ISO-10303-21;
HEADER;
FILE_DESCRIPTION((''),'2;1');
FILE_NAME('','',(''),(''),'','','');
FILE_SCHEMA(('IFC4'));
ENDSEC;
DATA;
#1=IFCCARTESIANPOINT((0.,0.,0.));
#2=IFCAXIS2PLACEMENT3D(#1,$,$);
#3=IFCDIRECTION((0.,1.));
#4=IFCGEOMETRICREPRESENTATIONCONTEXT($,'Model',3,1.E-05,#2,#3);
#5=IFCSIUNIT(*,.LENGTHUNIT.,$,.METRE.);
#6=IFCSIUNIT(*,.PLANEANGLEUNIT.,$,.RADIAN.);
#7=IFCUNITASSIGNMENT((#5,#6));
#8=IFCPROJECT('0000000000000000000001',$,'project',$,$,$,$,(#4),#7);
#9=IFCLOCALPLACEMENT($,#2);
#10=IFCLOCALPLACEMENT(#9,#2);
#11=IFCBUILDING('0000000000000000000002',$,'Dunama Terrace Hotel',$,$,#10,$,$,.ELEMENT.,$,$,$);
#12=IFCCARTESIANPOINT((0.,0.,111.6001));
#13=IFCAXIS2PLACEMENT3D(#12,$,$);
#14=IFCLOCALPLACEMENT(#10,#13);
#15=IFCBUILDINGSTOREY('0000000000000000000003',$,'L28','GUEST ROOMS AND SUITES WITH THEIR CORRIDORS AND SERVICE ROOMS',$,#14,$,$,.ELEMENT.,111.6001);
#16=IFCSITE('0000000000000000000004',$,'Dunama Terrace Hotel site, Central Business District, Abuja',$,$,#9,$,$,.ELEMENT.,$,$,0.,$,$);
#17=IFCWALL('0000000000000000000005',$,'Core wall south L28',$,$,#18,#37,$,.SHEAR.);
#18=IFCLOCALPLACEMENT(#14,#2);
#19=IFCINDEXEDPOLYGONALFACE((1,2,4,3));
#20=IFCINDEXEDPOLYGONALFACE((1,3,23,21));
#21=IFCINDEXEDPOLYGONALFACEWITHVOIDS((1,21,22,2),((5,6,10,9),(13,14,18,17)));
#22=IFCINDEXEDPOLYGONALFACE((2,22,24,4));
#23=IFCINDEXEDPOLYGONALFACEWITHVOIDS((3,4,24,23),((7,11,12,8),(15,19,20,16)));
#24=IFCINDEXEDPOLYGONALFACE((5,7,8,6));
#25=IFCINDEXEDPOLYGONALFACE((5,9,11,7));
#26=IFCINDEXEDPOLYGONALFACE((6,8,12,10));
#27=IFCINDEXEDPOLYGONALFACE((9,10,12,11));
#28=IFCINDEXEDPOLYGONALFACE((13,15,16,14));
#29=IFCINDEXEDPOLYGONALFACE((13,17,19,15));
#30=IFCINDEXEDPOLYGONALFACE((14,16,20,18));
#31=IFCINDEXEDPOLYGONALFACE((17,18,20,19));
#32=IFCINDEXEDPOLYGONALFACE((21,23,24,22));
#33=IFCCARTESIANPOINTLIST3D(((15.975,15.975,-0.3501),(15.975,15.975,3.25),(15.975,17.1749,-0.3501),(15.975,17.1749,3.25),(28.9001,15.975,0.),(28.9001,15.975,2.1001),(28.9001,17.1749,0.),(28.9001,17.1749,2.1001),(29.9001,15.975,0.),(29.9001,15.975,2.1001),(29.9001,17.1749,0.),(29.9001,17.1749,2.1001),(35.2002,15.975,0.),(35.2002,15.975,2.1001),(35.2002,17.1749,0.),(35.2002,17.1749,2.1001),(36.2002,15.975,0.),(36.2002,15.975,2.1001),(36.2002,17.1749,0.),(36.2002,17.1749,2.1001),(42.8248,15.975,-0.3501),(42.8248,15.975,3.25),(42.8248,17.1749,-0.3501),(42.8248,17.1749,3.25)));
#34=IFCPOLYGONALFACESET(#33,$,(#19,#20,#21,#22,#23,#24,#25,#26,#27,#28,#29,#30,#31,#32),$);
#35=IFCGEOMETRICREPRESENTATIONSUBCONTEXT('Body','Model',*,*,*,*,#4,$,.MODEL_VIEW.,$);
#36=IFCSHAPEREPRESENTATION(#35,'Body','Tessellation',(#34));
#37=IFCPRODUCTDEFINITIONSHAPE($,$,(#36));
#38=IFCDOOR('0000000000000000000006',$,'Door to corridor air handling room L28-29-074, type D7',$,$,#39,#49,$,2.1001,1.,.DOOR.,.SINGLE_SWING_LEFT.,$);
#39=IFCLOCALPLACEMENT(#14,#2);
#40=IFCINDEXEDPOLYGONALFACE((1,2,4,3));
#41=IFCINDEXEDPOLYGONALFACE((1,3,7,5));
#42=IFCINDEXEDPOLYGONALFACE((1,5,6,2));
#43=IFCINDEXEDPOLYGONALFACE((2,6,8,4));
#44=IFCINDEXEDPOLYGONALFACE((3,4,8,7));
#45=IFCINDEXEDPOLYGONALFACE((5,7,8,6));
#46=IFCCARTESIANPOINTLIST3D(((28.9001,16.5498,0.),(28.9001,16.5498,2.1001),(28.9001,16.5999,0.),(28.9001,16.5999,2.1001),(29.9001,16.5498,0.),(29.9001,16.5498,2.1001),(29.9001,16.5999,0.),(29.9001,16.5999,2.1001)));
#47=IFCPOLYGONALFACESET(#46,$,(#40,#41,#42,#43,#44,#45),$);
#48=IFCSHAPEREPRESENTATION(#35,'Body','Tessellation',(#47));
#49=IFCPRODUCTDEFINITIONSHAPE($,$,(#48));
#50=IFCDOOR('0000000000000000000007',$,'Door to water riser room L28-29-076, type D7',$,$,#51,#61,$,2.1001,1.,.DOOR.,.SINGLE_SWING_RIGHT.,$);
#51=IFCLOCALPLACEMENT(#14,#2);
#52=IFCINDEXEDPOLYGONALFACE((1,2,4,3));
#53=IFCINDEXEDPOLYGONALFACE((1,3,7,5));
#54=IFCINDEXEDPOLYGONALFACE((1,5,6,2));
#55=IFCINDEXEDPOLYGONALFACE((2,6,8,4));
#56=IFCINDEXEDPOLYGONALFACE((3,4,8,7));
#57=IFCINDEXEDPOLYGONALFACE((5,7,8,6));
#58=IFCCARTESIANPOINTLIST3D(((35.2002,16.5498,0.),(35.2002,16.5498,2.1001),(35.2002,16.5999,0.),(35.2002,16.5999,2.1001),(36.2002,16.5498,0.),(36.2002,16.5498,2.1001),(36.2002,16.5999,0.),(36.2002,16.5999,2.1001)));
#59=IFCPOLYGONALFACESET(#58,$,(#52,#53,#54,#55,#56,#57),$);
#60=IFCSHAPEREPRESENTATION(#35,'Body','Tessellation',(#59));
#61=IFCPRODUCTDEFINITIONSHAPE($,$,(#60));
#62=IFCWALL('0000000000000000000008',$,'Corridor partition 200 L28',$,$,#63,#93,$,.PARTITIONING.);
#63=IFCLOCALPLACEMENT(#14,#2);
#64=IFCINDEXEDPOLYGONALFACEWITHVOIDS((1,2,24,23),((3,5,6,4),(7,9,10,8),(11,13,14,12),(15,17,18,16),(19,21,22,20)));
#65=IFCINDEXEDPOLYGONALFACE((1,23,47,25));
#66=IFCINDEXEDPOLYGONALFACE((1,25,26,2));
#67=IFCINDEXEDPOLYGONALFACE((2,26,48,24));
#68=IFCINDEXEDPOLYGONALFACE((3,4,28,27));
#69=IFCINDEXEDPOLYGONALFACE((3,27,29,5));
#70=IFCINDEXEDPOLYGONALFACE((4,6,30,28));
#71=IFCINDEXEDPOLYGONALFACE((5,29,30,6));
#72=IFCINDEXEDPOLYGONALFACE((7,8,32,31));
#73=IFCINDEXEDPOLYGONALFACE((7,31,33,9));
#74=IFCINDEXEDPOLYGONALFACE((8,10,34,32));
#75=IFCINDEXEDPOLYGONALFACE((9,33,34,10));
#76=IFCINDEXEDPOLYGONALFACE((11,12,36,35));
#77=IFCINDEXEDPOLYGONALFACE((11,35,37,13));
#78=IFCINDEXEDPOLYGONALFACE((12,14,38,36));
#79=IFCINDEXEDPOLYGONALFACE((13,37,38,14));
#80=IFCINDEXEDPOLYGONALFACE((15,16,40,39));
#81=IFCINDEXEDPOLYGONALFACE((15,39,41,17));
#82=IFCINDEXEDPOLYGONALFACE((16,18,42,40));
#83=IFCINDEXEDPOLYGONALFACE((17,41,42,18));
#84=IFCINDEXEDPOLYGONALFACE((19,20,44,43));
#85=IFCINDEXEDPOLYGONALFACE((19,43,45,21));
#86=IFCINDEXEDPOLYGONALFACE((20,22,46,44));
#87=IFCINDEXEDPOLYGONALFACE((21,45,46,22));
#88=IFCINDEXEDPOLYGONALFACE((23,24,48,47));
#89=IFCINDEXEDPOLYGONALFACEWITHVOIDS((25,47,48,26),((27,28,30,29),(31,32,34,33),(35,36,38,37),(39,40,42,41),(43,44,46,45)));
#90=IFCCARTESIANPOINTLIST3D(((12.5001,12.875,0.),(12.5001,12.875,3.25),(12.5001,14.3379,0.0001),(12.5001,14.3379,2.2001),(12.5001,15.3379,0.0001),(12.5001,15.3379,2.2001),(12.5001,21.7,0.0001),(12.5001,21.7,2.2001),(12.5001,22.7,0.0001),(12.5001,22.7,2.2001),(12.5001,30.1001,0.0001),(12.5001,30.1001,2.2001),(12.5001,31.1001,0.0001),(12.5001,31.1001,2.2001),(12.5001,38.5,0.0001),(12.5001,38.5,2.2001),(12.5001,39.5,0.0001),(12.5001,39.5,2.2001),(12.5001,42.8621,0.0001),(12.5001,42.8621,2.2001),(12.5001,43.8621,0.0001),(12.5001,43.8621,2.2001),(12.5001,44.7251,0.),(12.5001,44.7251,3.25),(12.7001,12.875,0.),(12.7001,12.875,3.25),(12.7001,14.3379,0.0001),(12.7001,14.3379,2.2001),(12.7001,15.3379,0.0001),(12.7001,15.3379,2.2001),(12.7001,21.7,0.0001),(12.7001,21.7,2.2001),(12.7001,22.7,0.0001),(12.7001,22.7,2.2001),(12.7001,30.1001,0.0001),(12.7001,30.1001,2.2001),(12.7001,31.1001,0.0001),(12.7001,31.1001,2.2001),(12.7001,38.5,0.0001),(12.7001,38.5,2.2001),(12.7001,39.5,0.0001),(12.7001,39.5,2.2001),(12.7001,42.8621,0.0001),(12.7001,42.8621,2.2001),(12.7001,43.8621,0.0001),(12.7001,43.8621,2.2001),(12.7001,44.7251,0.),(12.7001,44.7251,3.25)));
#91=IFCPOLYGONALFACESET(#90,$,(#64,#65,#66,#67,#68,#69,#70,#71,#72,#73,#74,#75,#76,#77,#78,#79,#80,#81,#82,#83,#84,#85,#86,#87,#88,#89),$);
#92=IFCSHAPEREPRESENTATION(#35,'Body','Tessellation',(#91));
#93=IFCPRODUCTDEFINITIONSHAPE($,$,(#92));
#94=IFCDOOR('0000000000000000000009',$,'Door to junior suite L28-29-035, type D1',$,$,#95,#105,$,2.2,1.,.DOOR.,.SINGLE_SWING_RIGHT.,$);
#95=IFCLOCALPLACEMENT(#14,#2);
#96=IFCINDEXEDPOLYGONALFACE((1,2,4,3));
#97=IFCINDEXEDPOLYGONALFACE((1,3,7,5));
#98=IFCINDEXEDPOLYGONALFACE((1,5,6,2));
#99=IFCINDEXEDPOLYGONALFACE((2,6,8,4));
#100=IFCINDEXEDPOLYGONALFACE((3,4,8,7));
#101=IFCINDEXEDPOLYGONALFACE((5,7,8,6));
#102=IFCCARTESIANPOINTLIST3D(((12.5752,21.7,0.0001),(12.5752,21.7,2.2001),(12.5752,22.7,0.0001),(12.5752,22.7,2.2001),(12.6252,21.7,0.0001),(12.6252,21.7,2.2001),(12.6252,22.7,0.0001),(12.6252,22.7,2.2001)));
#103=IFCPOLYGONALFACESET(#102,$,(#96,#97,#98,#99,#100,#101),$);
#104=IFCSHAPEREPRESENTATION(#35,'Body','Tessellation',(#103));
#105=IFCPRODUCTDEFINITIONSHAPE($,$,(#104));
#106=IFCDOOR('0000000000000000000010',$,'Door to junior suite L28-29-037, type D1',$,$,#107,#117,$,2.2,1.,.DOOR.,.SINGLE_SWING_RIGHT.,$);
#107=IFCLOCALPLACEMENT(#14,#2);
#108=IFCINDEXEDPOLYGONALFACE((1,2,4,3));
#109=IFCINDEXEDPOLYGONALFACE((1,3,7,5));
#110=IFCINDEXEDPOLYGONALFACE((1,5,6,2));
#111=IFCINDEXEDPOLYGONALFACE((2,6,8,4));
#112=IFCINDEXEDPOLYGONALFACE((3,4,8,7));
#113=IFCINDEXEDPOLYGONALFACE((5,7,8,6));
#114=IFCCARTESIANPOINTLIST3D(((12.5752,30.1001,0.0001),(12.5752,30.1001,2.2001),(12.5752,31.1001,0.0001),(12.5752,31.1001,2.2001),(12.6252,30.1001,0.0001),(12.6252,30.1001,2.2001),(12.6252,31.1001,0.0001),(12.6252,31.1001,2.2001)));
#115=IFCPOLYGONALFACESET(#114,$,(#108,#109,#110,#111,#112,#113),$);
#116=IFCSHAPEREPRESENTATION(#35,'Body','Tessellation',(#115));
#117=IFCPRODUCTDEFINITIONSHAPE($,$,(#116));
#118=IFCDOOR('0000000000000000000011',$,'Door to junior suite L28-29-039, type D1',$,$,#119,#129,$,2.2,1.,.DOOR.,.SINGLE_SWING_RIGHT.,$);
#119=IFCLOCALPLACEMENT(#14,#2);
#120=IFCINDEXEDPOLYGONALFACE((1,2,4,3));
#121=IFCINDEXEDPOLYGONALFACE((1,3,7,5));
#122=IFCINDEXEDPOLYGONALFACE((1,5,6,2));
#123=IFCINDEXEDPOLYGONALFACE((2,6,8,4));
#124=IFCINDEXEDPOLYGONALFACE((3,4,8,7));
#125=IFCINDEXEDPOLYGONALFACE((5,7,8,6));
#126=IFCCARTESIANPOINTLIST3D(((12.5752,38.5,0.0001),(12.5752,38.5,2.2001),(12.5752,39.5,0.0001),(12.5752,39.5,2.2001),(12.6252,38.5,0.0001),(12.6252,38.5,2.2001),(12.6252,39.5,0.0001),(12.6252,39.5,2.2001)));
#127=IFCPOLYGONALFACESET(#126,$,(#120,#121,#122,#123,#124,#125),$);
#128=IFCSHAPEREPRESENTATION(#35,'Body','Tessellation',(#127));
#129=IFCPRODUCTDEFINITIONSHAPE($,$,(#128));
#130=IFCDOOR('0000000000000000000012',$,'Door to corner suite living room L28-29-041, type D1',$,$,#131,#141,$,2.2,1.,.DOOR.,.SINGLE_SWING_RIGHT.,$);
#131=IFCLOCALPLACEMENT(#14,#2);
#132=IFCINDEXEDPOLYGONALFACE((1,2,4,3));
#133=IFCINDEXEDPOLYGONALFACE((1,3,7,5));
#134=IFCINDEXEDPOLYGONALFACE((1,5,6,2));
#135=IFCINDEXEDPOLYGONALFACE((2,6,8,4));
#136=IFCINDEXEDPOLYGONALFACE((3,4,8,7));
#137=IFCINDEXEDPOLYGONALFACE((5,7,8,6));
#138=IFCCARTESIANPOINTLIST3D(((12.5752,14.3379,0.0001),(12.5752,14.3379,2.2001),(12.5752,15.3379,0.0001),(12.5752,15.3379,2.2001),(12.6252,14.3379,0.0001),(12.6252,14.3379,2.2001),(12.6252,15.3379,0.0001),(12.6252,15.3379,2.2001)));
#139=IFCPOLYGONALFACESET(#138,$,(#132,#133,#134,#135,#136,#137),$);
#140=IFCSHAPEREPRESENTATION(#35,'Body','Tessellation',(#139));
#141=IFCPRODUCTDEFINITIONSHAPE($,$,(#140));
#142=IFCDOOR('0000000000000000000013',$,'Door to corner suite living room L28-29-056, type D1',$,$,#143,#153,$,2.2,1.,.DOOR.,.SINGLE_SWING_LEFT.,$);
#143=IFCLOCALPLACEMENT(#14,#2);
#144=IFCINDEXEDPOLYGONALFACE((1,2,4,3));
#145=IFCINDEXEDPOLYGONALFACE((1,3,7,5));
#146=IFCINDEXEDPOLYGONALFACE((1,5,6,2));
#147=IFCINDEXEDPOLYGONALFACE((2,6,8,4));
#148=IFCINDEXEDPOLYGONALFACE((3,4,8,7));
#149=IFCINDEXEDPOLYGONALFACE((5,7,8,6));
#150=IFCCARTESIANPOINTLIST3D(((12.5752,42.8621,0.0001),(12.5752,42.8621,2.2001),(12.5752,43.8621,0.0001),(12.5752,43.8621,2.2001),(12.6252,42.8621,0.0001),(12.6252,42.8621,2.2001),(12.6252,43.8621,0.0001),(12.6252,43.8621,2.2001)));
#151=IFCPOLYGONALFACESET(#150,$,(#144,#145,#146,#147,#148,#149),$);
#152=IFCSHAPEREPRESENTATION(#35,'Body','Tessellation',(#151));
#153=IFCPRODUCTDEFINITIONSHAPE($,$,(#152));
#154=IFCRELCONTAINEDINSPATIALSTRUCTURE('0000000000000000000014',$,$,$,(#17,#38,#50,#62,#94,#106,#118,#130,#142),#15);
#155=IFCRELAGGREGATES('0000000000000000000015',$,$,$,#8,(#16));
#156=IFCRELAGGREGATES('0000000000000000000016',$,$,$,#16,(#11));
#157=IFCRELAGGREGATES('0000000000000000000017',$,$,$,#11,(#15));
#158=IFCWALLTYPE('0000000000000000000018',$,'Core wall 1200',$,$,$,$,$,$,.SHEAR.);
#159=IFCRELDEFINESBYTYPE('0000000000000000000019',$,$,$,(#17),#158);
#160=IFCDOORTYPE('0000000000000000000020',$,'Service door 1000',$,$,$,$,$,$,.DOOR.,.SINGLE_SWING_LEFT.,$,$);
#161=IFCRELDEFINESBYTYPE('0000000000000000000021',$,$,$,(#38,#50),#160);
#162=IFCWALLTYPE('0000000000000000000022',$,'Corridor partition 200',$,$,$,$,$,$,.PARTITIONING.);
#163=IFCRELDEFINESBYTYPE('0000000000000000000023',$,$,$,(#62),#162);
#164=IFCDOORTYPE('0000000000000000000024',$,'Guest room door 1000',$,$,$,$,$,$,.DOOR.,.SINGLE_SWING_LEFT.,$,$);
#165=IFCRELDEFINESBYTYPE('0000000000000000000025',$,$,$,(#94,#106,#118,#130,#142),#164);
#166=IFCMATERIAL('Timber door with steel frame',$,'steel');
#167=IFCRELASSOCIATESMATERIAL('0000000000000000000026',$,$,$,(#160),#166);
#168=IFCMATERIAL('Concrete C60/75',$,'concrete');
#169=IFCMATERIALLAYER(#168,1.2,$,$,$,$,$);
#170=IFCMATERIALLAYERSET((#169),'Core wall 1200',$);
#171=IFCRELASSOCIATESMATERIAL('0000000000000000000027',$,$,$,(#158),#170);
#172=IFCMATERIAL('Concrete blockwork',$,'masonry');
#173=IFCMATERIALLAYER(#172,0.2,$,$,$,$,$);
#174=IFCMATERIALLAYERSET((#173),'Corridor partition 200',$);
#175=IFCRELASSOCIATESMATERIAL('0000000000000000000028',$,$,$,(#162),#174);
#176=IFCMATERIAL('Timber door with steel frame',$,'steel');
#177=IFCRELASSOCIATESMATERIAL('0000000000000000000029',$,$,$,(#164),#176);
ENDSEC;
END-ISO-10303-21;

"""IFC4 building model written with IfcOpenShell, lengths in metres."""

from ifc_helpers import new_model, si_unit, direction, frame, frame_2d, origin, place, context, subcontext, project, spatial, rectangle, extrude, material, layer, layer_set, type_object, element, fill, save


model = new_model("IFC4")

# Units and contexts
model_context = context("Model", 3, precision=1e-05, world=origin(), true_north=direction((0.0, 1.0)))
body_context = subcontext(model_context, "Body", "Model", "MODEL_VIEW")
ifc_project = project(units=[si_unit("LENGTHUNIT", "METRE"), si_unit("PLANEANGLEUNIT", "RADIAN")], contexts=[model_context])

# Site, building, storey
site_placement = place(None, origin())
site = spatial("IfcSite", under=ifc_project, at=site_placement, Name="Dunama Terrace Hotel site, Central Business District, Abuja", CompositionType="ELEMENT", RefElevation=0.0)
building_placement = place(site_placement, origin())
building = spatial("IfcBuilding", under=site, at=building_placement, Name="Dunama Terrace Hotel", CompositionType="ELEMENT")
storey_placement = place(building_placement, frame((0.0, 0.0, 111.6001)))
storey = spatial("IfcBuildingStorey", under=building, at=storey_placement, Name="L28", Description="GUEST ROOMS AND SUITES WITH THEIR CORRIDORS AND SERVICE ROOMS", CompositionType="ELEMENT", Elevation=111.6001)

# Shared definitions
ifc_material_1 = material(Name="Timber door with steel frame", Category="steel")
door_type_1 = type_object("IfcDoorType", Name="Service door 1000", OperationType="SINGLE_SWING_LEFT", PredefinedType="DOOR", material=ifc_material_1)

# Walls, openings, doors
ifc_material_2 = material(Name="Concrete C60/75", Category="concrete")
ifc_layer_1 = layer(ifc_material_2, 1.2)
ifc_layer_set_1 = layer_set([ifc_layer_1], Name="Core wall 1200")
wall_type_1 = type_object("IfcWallType", Name="Core wall 1200", PredefinedType="SHEAR", material=ifc_layer_set_1)
wall_1_placement = place(storey_placement, frame((15.9751, 16.575, -0.3501), z_axis=(0.0, 0.0, 1.0), x_axis=(1.0, 0.0, 0.0)))
wall_1 = element("IfcWall", 1, at=wall_1_placement, inside=storey, type_object=wall_type_1, Name="Core wall south L28", PredefinedType="SHEAR", context=body_context, shape_type="SweptSolid", body=[
    extrude(rectangle(XDim=26.8499, YDim=1.2, at=frame_2d((13.4248, 0.0))), origin(), (0.0, 0.0, 1.0), 3.6001),
])
opening_1_placement = place(wall_1_placement, frame((12.925, 0.0, 0.3501)))
opening_1 = element("IfcOpeningElement", 2, at=opening_1_placement, cuts=wall_1, PredefinedType="OPENING", context=body_context, shape_type="SweptSolid", body=[
    extrude(rectangle(XDim=1.0, YDim=2.1001, at=frame_2d((0.5, 1.05))), frame((0.0, 0.6099, 0.0), z_axis=(0.0, -1.0, 0.0), x_axis=(1.0, 0.0, 0.0)), (0.0, 0.0, 1.0), 1.22),
])
opening_2_placement = place(wall_1_placement, frame((19.2251, 0.0, 0.3501)))
opening_2 = element("IfcOpeningElement", 3, at=opening_2_placement, cuts=wall_1, PredefinedType="OPENING", context=body_context, shape_type="SweptSolid", body=[
    extrude(rectangle(XDim=1.0, YDim=2.1001, at=frame_2d((0.5, 1.05))), frame((0.0, 0.6099, 0.0), z_axis=(0.0, -1.0, 0.0), x_axis=(1.0, 0.0, 0.0)), (0.0, 0.0, 1.0), 1.22),
])
door_1_placement = place(opening_1_placement, origin())
door_1 = element("IfcDoor", 4, at=door_1_placement, inside=storey, type_object=door_type_1, Name="Door to corridor air handling room L28-29-074, type D7", OperationType="SINGLE_SWING_LEFT", OverallHeight=2.1001, OverallWidth=1.0, PredefinedType="DOOR", context=body_context, shape_type="SweptSolid", body=[
    extrude(rectangle(XDim=1.0, YDim=2.1001, at=frame_2d((0.5, 1.05))), frame((0.0, 0.0249, 0.0), z_axis=(0.0, -1.0, 0.0), x_axis=(1.0, 0.0, 0.0)), (0.0, 0.0, 1.0), 0.05),
])
fill(opening_1, door_1)
door_2_placement = place(opening_2_placement, origin())
door_2 = element("IfcDoor", 5, at=door_2_placement, inside=storey, type_object=door_type_1, Name="Door to water riser room L28-29-076, type D7", OperationType="SINGLE_SWING_RIGHT", OverallHeight=2.1001, OverallWidth=1.0, PredefinedType="DOOR", context=body_context, shape_type="SweptSolid", body=[
    extrude(rectangle(XDim=1.0, YDim=2.1001, at=frame_2d((0.5, 1.05))), frame((0.0, 0.0249, 0.0), z_axis=(0.0, -1.0, 0.0), x_axis=(1.0, 0.0, 0.0)), (0.0, 0.0, 1.0), 0.05),
])
fill(opening_2, door_2)
ifc_material_3 = material(Name="Concrete blockwork", Category="masonry")
ifc_layer_2 = layer(ifc_material_3, 0.2)
ifc_layer_set_2 = layer_set([ifc_layer_2], Name="Corridor partition 200")
wall_type_2 = type_object("IfcWallType", Name="Corridor partition 200", PredefinedType="PARTITIONING", material=ifc_layer_set_2)
wall_2_placement = place(storey_placement, frame((12.6001, 12.875, 0.0), z_axis=(0.0, 0.0, 1.0), x_axis=(0.0, 1.0, 0.0)))
wall_2 = element("IfcWall", 6, at=wall_2_placement, inside=storey, type_object=wall_type_2, Name="Corridor partition 200 L28", PredefinedType="PARTITIONING", context=body_context, shape_type="SweptSolid", body=[
    extrude(rectangle(XDim=31.8501, YDim=0.2, at=frame_2d((15.925, 0.0))), origin(), (0.0, 0.0, 1.0), 3.25),
])
opening_3_placement = place(wall_2_placement, frame((8.825, 0.0, 0.0)))
opening_3 = element("IfcOpeningElement", 7, at=opening_3_placement, cuts=wall_2, PredefinedType="OPENING", context=body_context, shape_type="SweptSolid", body=[
    extrude(rectangle(XDim=1.0, YDim=2.2, at=frame_2d((0.5, 1.1001))), frame((0.0, 0.1099, 0.0), z_axis=(0.0, -1.0, 0.0), x_axis=(1.0, 0.0, 0.0)), (0.0, 0.0, 1.0), 0.22),
])
opening_4_placement = place(wall_2_placement, frame((17.2251, 0.0, 0.0)))
opening_4 = element("IfcOpeningElement", 8, at=opening_4_placement, cuts=wall_2, PredefinedType="OPENING", context=body_context, shape_type="SweptSolid", body=[
    extrude(rectangle(XDim=1.0, YDim=2.2, at=frame_2d((0.5, 1.1001))), frame((0.0, 0.1099, 0.0), z_axis=(0.0, -1.0, 0.0), x_axis=(1.0, 0.0, 0.0)), (0.0, 0.0, 1.0), 0.22),
])
opening_5_placement = place(wall_2_placement, frame((25.625, 0.0, 0.0)))
opening_5 = element("IfcOpeningElement", 9, at=opening_5_placement, cuts=wall_2, PredefinedType="OPENING", context=body_context, shape_type="SweptSolid", body=[
    extrude(rectangle(XDim=1.0, YDim=2.2, at=frame_2d((0.5, 1.1001))), frame((0.0, 0.1099, 0.0), z_axis=(0.0, -1.0, 0.0), x_axis=(1.0, 0.0, 0.0)), (0.0, 0.0, 1.0), 0.22),
])
opening_6_placement = place(wall_2_placement, frame((1.4629, 0.0, 0.0)))
opening_6 = element("IfcOpeningElement", 10, at=opening_6_placement, cuts=wall_2, PredefinedType="OPENING", context=body_context, shape_type="SweptSolid", body=[
    extrude(rectangle(XDim=1.0, YDim=2.2, at=frame_2d((0.5, 1.1001))), frame((0.0, 0.1099, 0.0), z_axis=(0.0, -1.0, 0.0), x_axis=(1.0, 0.0, 0.0)), (0.0, 0.0, 1.0), 0.22),
])
opening_7_placement = place(wall_2_placement, frame((29.9871, 0.0, 0.0)))
opening_7 = element("IfcOpeningElement", 11, at=opening_7_placement, cuts=wall_2, PredefinedType="OPENING", context=body_context, shape_type="SweptSolid", body=[
    extrude(rectangle(XDim=1.0, YDim=2.2, at=frame_2d((0.5, 1.1001))), frame((0.0, 0.1099, 0.0), z_axis=(0.0, -1.0, 0.0), x_axis=(1.0, 0.0, 0.0)), (0.0, 0.0, 1.0), 0.22),
])
ifc_material_4 = material(Name="Timber door with steel frame", Category="steel")
door_type_2 = type_object("IfcDoorType", Name="Guest room door 1000", OperationType="SINGLE_SWING_LEFT", PredefinedType="DOOR", material=ifc_material_4)
door_3_placement = place(opening_3_placement, origin())
door_3 = element("IfcDoor", 12, at=door_3_placement, inside=storey, type_object=door_type_2, Name="Door to junior suite L28-29-035, type D1", OperationType="SINGLE_SWING_RIGHT", OverallHeight=2.2, OverallWidth=1.0, PredefinedType="DOOR", context=body_context, shape_type="SweptSolid", body=[
    extrude(rectangle(XDim=1.0, YDim=2.2, at=frame_2d((0.5, 1.1001))), frame((0.0, 0.0249, 0.0), z_axis=(0.0, -1.0, 0.0), x_axis=(1.0, 0.0, 0.0)), (0.0, 0.0, 1.0), 0.05),
])
fill(opening_3, door_3)
door_4_placement = place(opening_4_placement, origin())
door_4 = element("IfcDoor", 13, at=door_4_placement, inside=storey, type_object=door_type_2, Name="Door to junior suite L28-29-037, type D1", OperationType="SINGLE_SWING_RIGHT", OverallHeight=2.2, OverallWidth=1.0, PredefinedType="DOOR", context=body_context, shape_type="SweptSolid", body=[
    extrude(rectangle(XDim=1.0, YDim=2.2, at=frame_2d((0.5, 1.1001))), frame((0.0, 0.0249, 0.0), z_axis=(0.0, -1.0, 0.0), x_axis=(1.0, 0.0, 0.0)), (0.0, 0.0, 1.0), 0.05),
])
fill(opening_4, door_4)
door_5_placement = place(opening_5_placement, origin())
door_5 = element("IfcDoor", 14, at=door_5_placement, inside=storey, type_object=door_type_2, Name="Door to junior suite L28-29-039, type D1", OperationType="SINGLE_SWING_RIGHT", OverallHeight=2.2, OverallWidth=1.0, PredefinedType="DOOR", context=body_context, shape_type="SweptSolid", body=[
    extrude(rectangle(XDim=1.0, YDim=2.2, at=frame_2d((0.5, 1.1001))), frame((0.0, 0.0249, 0.0), z_axis=(0.0, -1.0, 0.0), x_axis=(1.0, 0.0, 0.0)), (0.0, 0.0, 1.0), 0.05),
])
fill(opening_5, door_5)
door_6_placement = place(opening_6_placement, origin())
door_6 = element("IfcDoor", 15, at=door_6_placement, inside=storey, type_object=door_type_2, Name="Door to corner suite living room L28-29-041, type D1", OperationType="SINGLE_SWING_RIGHT", OverallHeight=2.2, OverallWidth=1.0, PredefinedType="DOOR", context=body_context, shape_type="SweptSolid", body=[
    extrude(rectangle(XDim=1.0, YDim=2.2, at=frame_2d((0.5, 1.1001))), frame((0.0, 0.0249, 0.0), z_axis=(0.0, -1.0, 0.0), x_axis=(1.0, 0.0, 0.0)), (0.0, 0.0, 1.0), 0.05),
])
fill(opening_6, door_6)
door_7_placement = place(opening_7_placement, origin())
door_7 = element("IfcDoor", 16, at=door_7_placement, inside=storey, type_object=door_type_2, Name="Door to corner suite living room L28-29-056, type D1", OperationType="SINGLE_SWING_LEFT", OverallHeight=2.2, OverallWidth=1.0, PredefinedType="DOOR", context=body_context, shape_type="SweptSolid", body=[
    extrude(rectangle(XDim=1.0, YDim=2.2, at=frame_2d((0.5, 1.1001))), frame((0.0, 0.0249, 0.0), z_axis=(0.0, -1.0, 0.0), x_axis=(1.0, 0.0, 0.0)), (0.0, 0.0, 1.0), 0.05),
])
fill(opening_7, door_7)

save(model, "model.ifc")
